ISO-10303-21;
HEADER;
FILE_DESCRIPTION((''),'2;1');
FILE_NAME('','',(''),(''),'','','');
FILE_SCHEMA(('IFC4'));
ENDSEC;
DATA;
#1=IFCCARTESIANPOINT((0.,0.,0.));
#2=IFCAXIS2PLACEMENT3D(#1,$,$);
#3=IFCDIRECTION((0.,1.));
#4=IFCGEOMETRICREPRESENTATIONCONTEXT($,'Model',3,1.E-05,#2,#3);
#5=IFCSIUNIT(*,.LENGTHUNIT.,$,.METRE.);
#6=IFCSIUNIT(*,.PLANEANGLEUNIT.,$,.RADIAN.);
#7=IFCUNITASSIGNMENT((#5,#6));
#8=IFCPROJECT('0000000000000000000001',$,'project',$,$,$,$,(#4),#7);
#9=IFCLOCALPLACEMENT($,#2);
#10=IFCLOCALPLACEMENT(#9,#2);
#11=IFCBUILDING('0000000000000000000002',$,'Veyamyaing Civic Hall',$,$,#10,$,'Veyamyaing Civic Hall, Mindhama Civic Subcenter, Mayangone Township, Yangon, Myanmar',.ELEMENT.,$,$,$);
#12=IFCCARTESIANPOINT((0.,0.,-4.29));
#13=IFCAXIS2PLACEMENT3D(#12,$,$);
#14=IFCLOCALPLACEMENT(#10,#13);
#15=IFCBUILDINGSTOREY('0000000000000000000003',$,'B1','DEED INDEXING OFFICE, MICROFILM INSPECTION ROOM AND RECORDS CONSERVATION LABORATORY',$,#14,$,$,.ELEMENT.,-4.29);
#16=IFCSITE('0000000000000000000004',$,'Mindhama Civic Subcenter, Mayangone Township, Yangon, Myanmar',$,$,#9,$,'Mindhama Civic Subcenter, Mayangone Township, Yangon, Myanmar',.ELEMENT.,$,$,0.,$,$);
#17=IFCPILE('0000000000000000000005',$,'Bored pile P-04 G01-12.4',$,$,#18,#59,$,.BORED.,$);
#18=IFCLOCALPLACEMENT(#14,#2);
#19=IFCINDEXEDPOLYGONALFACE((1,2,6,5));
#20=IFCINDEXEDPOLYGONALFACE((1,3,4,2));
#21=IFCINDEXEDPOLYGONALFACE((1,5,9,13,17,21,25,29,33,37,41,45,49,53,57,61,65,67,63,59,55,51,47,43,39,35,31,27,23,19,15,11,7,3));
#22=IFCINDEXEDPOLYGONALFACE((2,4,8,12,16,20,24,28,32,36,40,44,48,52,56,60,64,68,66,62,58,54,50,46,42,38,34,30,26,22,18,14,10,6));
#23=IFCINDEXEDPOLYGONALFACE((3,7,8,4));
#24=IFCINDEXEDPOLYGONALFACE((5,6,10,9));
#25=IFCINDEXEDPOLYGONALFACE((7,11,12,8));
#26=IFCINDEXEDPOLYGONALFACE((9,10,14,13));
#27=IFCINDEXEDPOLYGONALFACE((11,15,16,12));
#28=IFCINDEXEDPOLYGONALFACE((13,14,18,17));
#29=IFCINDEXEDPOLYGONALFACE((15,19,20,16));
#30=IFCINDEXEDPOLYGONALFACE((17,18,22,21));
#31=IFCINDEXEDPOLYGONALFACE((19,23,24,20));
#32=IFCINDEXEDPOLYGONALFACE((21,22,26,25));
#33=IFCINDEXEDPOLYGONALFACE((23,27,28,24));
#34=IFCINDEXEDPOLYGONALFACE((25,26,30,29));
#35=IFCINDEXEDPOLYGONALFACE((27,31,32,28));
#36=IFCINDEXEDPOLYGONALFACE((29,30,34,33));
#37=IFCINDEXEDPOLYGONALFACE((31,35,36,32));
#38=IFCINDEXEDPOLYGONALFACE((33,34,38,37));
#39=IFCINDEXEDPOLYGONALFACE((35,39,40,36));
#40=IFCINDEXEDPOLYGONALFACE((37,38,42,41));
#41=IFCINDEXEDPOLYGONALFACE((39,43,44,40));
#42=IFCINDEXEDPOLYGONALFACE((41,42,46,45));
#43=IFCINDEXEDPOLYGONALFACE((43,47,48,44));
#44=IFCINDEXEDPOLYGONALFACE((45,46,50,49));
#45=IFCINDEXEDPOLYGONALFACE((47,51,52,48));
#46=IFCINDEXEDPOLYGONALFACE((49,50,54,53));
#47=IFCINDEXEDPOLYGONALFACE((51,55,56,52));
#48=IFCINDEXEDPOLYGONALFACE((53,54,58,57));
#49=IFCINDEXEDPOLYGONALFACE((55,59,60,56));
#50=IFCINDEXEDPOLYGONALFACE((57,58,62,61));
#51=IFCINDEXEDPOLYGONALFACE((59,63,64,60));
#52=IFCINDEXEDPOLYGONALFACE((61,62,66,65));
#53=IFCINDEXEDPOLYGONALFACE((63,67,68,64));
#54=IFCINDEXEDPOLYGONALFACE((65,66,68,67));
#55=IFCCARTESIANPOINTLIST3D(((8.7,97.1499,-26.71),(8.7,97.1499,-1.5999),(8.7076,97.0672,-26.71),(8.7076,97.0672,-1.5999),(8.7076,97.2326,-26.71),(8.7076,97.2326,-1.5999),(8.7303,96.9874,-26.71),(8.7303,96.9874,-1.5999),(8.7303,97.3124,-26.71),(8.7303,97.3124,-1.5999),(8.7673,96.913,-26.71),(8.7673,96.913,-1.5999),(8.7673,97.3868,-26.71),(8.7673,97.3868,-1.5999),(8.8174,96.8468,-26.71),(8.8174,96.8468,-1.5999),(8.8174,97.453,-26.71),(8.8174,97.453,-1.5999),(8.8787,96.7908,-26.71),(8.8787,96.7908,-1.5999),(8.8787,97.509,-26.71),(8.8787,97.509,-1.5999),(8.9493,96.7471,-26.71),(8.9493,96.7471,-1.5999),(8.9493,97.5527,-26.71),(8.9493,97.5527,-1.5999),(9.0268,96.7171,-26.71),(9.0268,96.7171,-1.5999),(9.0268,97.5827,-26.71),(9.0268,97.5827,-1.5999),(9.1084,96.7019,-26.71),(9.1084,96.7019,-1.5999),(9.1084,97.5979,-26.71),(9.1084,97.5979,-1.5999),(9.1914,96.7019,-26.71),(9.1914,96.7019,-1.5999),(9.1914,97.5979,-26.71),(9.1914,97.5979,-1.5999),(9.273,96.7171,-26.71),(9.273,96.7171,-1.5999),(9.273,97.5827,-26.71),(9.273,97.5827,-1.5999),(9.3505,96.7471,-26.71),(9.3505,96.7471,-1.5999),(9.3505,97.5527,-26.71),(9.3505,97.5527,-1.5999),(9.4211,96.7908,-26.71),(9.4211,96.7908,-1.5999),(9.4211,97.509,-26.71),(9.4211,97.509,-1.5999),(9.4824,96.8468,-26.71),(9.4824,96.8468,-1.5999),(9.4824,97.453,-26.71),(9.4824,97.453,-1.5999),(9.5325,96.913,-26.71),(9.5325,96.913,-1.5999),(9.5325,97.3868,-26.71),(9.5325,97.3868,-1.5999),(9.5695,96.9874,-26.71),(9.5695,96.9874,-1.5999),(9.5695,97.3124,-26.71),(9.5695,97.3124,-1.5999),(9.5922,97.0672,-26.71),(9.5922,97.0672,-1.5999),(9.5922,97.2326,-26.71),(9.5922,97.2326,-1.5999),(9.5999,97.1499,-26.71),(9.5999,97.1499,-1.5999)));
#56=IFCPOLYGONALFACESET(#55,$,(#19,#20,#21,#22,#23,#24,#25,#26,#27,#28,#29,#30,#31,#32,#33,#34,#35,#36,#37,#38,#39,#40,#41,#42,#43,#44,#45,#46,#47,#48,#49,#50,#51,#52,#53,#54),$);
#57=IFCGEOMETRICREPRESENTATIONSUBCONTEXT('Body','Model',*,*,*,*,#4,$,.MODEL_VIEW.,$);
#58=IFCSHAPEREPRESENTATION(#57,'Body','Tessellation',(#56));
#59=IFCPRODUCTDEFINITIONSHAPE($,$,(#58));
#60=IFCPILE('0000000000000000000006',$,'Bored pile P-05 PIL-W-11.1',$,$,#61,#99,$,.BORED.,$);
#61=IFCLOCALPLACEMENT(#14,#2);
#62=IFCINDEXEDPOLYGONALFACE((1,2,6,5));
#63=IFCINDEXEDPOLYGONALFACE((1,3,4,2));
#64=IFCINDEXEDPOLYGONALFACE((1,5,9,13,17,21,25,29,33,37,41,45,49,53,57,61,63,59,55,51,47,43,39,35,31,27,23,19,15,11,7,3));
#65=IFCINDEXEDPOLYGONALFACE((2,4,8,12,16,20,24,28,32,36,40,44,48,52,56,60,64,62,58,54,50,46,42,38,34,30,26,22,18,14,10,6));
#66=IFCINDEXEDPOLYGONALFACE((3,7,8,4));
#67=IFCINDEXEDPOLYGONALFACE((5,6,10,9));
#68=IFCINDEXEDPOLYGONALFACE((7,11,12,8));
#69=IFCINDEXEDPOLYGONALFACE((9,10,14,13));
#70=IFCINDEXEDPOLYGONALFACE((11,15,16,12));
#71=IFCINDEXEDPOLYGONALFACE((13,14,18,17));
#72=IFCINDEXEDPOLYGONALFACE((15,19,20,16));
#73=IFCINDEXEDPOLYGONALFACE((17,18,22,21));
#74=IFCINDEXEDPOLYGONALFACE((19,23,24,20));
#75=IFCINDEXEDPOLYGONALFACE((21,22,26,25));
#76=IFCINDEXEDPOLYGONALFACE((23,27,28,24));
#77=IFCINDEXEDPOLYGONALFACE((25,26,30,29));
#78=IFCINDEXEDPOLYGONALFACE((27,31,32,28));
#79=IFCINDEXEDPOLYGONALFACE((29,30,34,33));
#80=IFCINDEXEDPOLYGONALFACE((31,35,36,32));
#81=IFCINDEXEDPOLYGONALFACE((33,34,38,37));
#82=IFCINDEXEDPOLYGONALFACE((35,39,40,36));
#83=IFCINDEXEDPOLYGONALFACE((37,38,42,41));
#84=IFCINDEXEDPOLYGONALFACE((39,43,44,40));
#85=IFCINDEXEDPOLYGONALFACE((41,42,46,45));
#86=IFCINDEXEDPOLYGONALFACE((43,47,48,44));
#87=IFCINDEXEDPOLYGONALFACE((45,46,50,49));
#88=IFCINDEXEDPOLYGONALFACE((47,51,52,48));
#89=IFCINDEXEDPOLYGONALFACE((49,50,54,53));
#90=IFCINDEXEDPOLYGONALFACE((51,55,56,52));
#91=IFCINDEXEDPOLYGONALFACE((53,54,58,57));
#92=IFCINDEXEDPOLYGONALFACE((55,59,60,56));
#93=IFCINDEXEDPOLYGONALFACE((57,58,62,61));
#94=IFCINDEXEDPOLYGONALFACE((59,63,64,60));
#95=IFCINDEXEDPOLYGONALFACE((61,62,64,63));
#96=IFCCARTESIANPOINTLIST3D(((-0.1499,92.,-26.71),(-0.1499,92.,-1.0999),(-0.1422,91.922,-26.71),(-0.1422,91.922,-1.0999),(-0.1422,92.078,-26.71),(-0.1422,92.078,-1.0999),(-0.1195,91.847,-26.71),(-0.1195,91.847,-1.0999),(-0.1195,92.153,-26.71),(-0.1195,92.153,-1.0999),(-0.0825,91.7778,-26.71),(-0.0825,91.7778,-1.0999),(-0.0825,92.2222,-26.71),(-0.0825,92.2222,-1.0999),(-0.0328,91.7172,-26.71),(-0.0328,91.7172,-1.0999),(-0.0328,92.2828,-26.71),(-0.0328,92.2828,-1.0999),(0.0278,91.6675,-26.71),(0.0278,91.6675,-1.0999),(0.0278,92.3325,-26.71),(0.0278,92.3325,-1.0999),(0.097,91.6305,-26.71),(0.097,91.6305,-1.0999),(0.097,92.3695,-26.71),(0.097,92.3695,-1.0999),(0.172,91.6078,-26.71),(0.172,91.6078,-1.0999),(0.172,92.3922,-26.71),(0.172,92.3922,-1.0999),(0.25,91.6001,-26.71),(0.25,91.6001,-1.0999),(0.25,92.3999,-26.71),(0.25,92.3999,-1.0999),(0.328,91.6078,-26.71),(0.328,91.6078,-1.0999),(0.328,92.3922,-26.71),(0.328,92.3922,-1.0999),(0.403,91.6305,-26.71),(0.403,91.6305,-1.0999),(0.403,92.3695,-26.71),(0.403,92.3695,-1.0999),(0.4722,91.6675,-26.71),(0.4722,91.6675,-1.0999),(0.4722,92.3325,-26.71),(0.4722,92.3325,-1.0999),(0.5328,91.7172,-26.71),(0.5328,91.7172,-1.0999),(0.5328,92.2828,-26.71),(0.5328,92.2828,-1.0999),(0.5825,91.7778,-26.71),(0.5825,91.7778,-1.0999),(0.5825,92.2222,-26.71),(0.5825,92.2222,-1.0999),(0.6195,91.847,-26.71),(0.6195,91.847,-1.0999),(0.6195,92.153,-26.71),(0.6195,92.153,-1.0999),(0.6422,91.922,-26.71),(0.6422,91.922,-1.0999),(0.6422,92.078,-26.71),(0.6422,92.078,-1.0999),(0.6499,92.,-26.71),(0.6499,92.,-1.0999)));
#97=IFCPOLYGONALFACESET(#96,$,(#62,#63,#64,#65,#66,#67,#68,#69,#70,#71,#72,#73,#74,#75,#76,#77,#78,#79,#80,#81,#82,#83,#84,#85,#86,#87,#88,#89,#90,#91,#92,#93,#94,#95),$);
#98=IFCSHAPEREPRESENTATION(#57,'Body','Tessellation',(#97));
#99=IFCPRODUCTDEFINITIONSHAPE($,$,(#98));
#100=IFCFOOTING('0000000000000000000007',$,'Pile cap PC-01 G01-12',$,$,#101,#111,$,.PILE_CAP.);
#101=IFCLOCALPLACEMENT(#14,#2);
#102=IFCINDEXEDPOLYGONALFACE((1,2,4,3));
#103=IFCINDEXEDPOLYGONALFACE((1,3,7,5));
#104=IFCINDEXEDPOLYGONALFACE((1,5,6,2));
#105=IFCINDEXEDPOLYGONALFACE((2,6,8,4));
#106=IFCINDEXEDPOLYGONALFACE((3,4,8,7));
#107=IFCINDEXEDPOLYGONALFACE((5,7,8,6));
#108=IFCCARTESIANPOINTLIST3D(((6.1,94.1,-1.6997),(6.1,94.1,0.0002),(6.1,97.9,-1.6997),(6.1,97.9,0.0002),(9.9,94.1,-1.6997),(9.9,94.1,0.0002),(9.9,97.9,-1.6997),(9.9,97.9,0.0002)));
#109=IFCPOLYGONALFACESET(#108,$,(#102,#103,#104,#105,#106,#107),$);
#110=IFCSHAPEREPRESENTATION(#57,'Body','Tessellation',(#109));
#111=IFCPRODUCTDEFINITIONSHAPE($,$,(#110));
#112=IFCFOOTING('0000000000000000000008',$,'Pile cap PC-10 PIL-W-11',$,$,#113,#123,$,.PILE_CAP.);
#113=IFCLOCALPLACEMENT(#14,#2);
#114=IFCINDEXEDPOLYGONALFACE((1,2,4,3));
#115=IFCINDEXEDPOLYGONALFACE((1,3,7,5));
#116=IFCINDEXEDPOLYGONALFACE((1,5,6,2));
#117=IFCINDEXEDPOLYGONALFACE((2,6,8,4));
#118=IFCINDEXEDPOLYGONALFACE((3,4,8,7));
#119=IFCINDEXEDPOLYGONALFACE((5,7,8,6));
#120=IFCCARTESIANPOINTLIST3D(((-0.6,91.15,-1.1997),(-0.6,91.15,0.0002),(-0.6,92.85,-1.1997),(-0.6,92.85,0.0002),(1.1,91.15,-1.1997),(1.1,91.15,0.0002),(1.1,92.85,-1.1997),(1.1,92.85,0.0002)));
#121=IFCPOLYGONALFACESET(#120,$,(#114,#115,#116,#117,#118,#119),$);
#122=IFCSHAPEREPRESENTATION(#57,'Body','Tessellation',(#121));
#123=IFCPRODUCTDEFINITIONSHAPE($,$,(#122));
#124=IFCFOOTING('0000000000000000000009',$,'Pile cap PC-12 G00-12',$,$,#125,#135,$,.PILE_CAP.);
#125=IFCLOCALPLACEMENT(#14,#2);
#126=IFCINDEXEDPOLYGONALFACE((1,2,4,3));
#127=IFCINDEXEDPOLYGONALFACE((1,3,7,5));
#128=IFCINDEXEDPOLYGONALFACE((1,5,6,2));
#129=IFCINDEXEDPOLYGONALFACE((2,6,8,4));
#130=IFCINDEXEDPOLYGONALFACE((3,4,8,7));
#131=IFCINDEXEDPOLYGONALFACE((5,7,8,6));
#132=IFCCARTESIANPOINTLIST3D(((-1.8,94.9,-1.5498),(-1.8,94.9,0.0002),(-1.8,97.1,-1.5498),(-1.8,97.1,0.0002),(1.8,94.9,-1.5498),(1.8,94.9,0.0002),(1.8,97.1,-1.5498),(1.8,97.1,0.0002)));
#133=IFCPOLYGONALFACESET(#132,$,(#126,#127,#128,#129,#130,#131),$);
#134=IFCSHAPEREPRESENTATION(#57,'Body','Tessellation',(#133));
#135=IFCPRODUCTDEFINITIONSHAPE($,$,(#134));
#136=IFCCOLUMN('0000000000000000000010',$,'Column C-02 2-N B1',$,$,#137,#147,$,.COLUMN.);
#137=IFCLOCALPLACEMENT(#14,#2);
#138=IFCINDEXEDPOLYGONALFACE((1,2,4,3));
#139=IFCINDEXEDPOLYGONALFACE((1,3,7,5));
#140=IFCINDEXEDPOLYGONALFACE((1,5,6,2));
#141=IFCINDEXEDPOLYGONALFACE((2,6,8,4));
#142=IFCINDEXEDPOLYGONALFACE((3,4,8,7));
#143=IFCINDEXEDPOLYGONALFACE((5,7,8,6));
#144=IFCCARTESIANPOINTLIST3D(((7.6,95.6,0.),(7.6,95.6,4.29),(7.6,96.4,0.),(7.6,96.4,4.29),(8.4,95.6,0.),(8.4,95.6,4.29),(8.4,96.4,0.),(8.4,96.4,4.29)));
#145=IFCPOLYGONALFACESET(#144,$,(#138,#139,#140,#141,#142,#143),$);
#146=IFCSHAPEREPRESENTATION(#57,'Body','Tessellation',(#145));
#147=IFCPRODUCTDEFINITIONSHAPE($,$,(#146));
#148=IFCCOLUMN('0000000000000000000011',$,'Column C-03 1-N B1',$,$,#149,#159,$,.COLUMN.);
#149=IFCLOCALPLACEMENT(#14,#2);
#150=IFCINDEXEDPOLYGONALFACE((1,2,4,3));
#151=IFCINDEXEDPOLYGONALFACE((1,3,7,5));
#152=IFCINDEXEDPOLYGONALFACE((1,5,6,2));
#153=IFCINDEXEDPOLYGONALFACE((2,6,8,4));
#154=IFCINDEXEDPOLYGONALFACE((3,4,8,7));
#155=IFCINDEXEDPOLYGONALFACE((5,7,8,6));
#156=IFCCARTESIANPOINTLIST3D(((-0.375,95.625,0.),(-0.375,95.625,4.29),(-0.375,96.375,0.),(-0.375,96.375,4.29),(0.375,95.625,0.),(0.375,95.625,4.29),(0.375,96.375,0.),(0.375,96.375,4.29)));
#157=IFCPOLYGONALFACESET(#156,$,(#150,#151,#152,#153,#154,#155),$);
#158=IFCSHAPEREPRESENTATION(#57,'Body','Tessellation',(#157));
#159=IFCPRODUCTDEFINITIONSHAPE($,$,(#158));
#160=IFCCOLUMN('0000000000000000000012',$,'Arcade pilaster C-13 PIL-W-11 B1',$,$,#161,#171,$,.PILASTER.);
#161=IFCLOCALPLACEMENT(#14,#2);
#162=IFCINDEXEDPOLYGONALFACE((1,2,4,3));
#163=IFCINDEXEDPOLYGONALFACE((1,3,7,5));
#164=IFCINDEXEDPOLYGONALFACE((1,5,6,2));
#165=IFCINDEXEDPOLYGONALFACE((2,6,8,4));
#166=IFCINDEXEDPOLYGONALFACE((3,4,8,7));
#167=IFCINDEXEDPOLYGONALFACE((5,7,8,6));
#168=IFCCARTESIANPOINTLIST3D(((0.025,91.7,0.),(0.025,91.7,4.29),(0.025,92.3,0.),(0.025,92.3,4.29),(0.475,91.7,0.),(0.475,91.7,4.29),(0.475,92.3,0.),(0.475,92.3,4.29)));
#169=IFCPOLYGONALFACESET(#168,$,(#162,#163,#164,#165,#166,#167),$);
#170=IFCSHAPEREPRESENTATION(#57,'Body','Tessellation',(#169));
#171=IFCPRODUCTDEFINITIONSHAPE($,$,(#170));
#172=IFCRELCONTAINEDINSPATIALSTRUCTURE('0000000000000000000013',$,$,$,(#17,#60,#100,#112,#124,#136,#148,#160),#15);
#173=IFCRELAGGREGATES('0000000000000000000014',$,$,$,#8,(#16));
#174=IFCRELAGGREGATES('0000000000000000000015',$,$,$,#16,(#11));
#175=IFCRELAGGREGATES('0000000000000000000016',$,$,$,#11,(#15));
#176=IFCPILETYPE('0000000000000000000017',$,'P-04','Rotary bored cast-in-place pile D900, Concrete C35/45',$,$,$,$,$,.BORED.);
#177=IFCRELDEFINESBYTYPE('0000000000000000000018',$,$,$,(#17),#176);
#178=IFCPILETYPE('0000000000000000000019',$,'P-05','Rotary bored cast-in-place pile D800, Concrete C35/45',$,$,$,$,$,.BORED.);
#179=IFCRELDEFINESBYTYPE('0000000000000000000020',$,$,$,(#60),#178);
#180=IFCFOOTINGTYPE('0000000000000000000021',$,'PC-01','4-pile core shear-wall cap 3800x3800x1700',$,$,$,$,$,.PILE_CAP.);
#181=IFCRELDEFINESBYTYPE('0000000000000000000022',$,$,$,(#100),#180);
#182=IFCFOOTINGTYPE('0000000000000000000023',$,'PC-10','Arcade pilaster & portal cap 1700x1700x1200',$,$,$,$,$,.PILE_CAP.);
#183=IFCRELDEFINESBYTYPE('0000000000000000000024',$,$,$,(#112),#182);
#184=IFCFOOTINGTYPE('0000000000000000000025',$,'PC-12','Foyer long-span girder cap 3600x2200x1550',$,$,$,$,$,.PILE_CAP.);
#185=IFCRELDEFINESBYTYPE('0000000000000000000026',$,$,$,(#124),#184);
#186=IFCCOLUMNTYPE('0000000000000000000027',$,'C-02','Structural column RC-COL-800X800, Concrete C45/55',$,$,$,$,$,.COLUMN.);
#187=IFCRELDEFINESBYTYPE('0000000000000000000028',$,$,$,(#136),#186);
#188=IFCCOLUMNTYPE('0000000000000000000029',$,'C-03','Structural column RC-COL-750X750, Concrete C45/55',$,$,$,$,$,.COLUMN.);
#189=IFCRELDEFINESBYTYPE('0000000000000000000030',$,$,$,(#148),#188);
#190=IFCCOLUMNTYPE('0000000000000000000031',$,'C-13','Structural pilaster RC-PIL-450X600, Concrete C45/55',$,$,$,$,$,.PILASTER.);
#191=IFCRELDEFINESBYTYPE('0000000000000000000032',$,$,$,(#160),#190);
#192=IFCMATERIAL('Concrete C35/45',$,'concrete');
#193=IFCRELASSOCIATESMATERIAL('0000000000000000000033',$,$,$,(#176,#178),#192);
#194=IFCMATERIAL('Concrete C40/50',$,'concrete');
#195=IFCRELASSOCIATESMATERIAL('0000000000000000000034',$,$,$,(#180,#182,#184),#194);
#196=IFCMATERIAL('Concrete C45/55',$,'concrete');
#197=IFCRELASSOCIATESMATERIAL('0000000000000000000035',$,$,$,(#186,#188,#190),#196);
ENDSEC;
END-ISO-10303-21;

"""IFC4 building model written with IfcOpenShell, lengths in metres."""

from ifc_helpers import new_model, si_unit, direction, frame, origin, origin_2d, place, context, subcontext, project, spatial, rectangle, circle, extrude, material, material_profile, profile_set, type_object, element, save


model = new_model("IFC4")

# Units and contexts
model_context = context("Model", 3, precision=1e-05, world=origin(), true_north=direction((0.0, 1.0)))
body_context = subcontext(model_context, "Body", "Model", "MODEL_VIEW")
ifc_project = project(units=[si_unit("LENGTHUNIT", "METRE"), si_unit("PLANEANGLEUNIT", "RADIAN")], contexts=[model_context])

# Site, building, storey
site_placement = place(None, origin())
site = spatial("IfcSite", under=ifc_project, at=site_placement, Name="Mindhama Civic Subcenter, Mayangone Township, Yangon, Myanmar", LongName="Mindhama Civic Subcenter, Mayangone Township, Yangon, Myanmar", CompositionType="ELEMENT", RefElevation=0.0)
building_placement = place(site_placement, origin())
building = spatial("IfcBuilding", under=site, at=building_placement, Name="Veyamyaing Civic Hall", LongName="Veyamyaing Civic Hall, Mindhama Civic Subcenter, Mayangone Township, Yangon, Myanmar", CompositionType="ELEMENT")
storey_placement = place(building_placement, frame((0.0, 0.0, -4.29)))
storey = spatial("IfcBuildingStorey", under=building, at=storey_placement, Name="B1", Description="DEED INDEXING OFFICE, MICROFILM INSPECTION ROOM AND RECORDS CONSERVATION LABORATORY", CompositionType="ELEMENT", Elevation=-4.29)

# Shared definitions
ifc_material_1 = material(Name="Concrete C40/50", Category="concrete")

# Piles
ifc_material_2 = material(Name="Concrete C35/45", Category="concrete")
ifc_material_profile_1 = material_profile(ifc_material_2, circle(Radius=0.45, at=origin_2d()), Name="PILE-D900")
ifc_profile_set_1 = profile_set([ifc_material_profile_1], Name="Concrete C35/45")
pile_type_1 = type_object("IfcPileType", Name="P-04", Description="Rotary bored cast-in-place pile D900, Concrete C35/45", PredefinedType="BORED", material=ifc_profile_set_1)
for number, where, z_axis, x_axis, name in (
    (1, (9.1499, 97.1499, -1.5999), (0.0, 0.0, -1.0), (1.0, 0.0, 0.0), "Bored pile P-04 G01-12.4"),
):
    element("IfcPile", number, at=place(storey_placement, frame(where, z_axis=z_axis, x_axis=x_axis)), inside=storey, type_object=pile_type_1, Name=name, PredefinedType="BORED", context=body_context, shape_type="SweptSolid", body=[
        extrude(circle(Radius=0.45, at=origin_2d()), origin(), (0.0, 0.0, 1.0), 25.1101),
    ])
ifc_material_profile_2 = material_profile(ifc_material_2, circle(Radius=0.3999, at=origin_2d()), Name="PILE-D800")
ifc_profile_set_2 = profile_set([ifc_material_profile_2], Name="Concrete C35/45")
pile_type_2 = type_object("IfcPileType", Name="P-05", Description="Rotary bored cast-in-place pile D800, Concrete C35/45", PredefinedType="BORED", material=ifc_profile_set_2)
pile_1_placement = place(storey_placement, frame((0.25, 92.0, -1.0999), z_axis=(0.0, 0.0, -1.0), x_axis=(1.0, 0.0, 0.0)))
element("IfcPile", 2, at=pile_1_placement, inside=storey, type_object=pile_type_2, Name="Bored pile P-05 PIL-W-11.1", PredefinedType="BORED", context=body_context, shape_type="SweptSolid", body=[
    extrude(circle(Radius=0.3999, at=origin_2d()), origin(), (0.0, 0.0, 1.0), 25.6101),
])

# Footings
footing_type_1 = type_object("IfcFootingType", Name="PC-01", Description="4-pile core shear-wall cap 3800x3800x1700", PredefinedType="PILE_CAP", material=ifc_material_1)
footing_1_placement = place(storey_placement, frame((8.0, 96.0, -1.6997), z_axis=(0.0, 0.0, 1.0), x_axis=(1.0, 0.0, 0.0)))
element("IfcFooting", 3, at=footing_1_placement, inside=storey, type_object=footing_type_1, Name="Pile cap PC-01 G01-12", PredefinedType="PILE_CAP", context=body_context, shape_type="SweptSolid", body=[
    extrude(rectangle(XDim=3.8, YDim=3.8, at=origin_2d()), origin(), (0.0, 0.0, 1.0), 1.7),
])
footing_type_2 = type_object("IfcFootingType", Name="PC-10", Description="Arcade pilaster & portal cap 1700x1700x1200", PredefinedType="PILE_CAP", material=ifc_material_1)
footing_2_placement = place(storey_placement, frame((0.25, 92.0, -1.1997), z_axis=(0.0, 0.0, 1.0), x_axis=(1.0, 0.0, 0.0)))
element("IfcFooting", 4, at=footing_2_placement, inside=storey, type_object=footing_type_2, Name="Pile cap PC-10 PIL-W-11", PredefinedType="PILE_CAP", context=body_context, shape_type="SweptSolid", body=[
    extrude(rectangle(XDim=1.7, YDim=1.7, at=origin_2d()), origin(), (0.0, 0.0, 1.0), 1.2),
])
footing_type_3 = type_object("IfcFootingType", Name="PC-12", Description="Foyer long-span girder cap 3600x2200x1550", PredefinedType="PILE_CAP", material=ifc_material_1)
footing_3_placement = place(storey_placement, frame((0.0, 96.0, -1.5498), z_axis=(0.0, 0.0, 1.0), x_axis=(1.0, 0.0, 0.0)))
element("IfcFooting", 5, at=footing_3_placement, inside=storey, type_object=footing_type_3, Name="Pile cap PC-12 G00-12", PredefinedType="PILE_CAP", context=body_context, shape_type="SweptSolid", body=[
    extrude(rectangle(XDim=3.6001, YDim=2.2, at=origin_2d()), origin(), (0.0, 0.0, 1.0), 1.55),
])

# Columns
ifc_material_3 = material(Name="Concrete C45/55", Category="concrete")
ifc_material_profile_3 = material_profile(ifc_material_3, rectangle(XDim=0.8, YDim=0.8, at=origin_2d()), Name="RC-COL-800X800")
ifc_profile_set_3 = profile_set([ifc_material_profile_3], Name="Concrete C45/55")
column_type_1 = type_object("IfcColumnType", Name="C-02", Description="Structural column RC-COL-800X800, Concrete C45/55", PredefinedType="COLUMN", material=ifc_profile_set_3)
column_1_placement = place(storey_placement, frame((8.0, 96.0, 0.0), z_axis=(0.0, 0.0, 1.0), x_axis=(1.0, 0.0, 0.0)))
element("IfcColumn", 6, at=column_1_placement, inside=storey, type_object=column_type_1, Name="Column C-02 2-N B1", PredefinedType="COLUMN", context=body_context, shape_type="SweptSolid", body=[
    extrude(rectangle(XDim=0.8, YDim=0.8, at=origin_2d()), origin(), (0.0, 0.0, 1.0), 4.29),
])
ifc_material_profile_4 = material_profile(ifc_material_3, rectangle(XDim=0.75, YDim=0.75, at=origin_2d()), Name="RC-COL-750X750")
ifc_profile_set_4 = profile_set([ifc_material_profile_4], Name="Concrete C45/55")
column_type_2 = type_object("IfcColumnType", Name="C-03", Description="Structural column RC-COL-750X750, Concrete C45/55", PredefinedType="COLUMN", material=ifc_profile_set_4)
column_2_placement = place(storey_placement, frame((0.0, 96.0, 0.0), z_axis=(0.0, 0.0, 1.0), x_axis=(1.0, 0.0, 0.0)))
element("IfcColumn", 7, at=column_2_placement, inside=storey, type_object=column_type_2, Name="Column C-03 1-N B1", PredefinedType="COLUMN", context=body_context, shape_type="SweptSolid", body=[
    extrude(rectangle(XDim=0.75, YDim=0.75, at=origin_2d()), origin(), (0.0, 0.0, 1.0), 4.29),
])
ifc_material_profile_5 = material_profile(ifc_material_3, rectangle(XDim=0.45, YDim=0.6001, at=origin_2d()), Name="RC-PIL-450X600")
ifc_profile_set_5 = profile_set([ifc_material_profile_5], Name="Concrete C45/55")
column_type_3 = type_object("IfcColumnType", Name="C-13", Description="Structural pilaster RC-PIL-450X600, Concrete C45/55", PredefinedType="PILASTER", material=ifc_profile_set_5)
column_3_placement = place(storey_placement, frame((0.25, 92.0, 0.0), z_axis=(0.0, 0.0, 1.0), x_axis=(1.0, 0.0, 0.0)))
element("IfcColumn", 8, at=column_3_placement, inside=storey, type_object=column_type_3, Name="Arcade pilaster C-13 PIL-W-11 B1", PredefinedType="PILASTER", context=body_context, shape_type="SweptSolid", body=[
    extrude(rectangle(XDim=0.45, YDim=0.6001, at=origin_2d()), origin(), (0.0, 0.0, 1.0), 4.29),
])

save(model, "model.ifc")
